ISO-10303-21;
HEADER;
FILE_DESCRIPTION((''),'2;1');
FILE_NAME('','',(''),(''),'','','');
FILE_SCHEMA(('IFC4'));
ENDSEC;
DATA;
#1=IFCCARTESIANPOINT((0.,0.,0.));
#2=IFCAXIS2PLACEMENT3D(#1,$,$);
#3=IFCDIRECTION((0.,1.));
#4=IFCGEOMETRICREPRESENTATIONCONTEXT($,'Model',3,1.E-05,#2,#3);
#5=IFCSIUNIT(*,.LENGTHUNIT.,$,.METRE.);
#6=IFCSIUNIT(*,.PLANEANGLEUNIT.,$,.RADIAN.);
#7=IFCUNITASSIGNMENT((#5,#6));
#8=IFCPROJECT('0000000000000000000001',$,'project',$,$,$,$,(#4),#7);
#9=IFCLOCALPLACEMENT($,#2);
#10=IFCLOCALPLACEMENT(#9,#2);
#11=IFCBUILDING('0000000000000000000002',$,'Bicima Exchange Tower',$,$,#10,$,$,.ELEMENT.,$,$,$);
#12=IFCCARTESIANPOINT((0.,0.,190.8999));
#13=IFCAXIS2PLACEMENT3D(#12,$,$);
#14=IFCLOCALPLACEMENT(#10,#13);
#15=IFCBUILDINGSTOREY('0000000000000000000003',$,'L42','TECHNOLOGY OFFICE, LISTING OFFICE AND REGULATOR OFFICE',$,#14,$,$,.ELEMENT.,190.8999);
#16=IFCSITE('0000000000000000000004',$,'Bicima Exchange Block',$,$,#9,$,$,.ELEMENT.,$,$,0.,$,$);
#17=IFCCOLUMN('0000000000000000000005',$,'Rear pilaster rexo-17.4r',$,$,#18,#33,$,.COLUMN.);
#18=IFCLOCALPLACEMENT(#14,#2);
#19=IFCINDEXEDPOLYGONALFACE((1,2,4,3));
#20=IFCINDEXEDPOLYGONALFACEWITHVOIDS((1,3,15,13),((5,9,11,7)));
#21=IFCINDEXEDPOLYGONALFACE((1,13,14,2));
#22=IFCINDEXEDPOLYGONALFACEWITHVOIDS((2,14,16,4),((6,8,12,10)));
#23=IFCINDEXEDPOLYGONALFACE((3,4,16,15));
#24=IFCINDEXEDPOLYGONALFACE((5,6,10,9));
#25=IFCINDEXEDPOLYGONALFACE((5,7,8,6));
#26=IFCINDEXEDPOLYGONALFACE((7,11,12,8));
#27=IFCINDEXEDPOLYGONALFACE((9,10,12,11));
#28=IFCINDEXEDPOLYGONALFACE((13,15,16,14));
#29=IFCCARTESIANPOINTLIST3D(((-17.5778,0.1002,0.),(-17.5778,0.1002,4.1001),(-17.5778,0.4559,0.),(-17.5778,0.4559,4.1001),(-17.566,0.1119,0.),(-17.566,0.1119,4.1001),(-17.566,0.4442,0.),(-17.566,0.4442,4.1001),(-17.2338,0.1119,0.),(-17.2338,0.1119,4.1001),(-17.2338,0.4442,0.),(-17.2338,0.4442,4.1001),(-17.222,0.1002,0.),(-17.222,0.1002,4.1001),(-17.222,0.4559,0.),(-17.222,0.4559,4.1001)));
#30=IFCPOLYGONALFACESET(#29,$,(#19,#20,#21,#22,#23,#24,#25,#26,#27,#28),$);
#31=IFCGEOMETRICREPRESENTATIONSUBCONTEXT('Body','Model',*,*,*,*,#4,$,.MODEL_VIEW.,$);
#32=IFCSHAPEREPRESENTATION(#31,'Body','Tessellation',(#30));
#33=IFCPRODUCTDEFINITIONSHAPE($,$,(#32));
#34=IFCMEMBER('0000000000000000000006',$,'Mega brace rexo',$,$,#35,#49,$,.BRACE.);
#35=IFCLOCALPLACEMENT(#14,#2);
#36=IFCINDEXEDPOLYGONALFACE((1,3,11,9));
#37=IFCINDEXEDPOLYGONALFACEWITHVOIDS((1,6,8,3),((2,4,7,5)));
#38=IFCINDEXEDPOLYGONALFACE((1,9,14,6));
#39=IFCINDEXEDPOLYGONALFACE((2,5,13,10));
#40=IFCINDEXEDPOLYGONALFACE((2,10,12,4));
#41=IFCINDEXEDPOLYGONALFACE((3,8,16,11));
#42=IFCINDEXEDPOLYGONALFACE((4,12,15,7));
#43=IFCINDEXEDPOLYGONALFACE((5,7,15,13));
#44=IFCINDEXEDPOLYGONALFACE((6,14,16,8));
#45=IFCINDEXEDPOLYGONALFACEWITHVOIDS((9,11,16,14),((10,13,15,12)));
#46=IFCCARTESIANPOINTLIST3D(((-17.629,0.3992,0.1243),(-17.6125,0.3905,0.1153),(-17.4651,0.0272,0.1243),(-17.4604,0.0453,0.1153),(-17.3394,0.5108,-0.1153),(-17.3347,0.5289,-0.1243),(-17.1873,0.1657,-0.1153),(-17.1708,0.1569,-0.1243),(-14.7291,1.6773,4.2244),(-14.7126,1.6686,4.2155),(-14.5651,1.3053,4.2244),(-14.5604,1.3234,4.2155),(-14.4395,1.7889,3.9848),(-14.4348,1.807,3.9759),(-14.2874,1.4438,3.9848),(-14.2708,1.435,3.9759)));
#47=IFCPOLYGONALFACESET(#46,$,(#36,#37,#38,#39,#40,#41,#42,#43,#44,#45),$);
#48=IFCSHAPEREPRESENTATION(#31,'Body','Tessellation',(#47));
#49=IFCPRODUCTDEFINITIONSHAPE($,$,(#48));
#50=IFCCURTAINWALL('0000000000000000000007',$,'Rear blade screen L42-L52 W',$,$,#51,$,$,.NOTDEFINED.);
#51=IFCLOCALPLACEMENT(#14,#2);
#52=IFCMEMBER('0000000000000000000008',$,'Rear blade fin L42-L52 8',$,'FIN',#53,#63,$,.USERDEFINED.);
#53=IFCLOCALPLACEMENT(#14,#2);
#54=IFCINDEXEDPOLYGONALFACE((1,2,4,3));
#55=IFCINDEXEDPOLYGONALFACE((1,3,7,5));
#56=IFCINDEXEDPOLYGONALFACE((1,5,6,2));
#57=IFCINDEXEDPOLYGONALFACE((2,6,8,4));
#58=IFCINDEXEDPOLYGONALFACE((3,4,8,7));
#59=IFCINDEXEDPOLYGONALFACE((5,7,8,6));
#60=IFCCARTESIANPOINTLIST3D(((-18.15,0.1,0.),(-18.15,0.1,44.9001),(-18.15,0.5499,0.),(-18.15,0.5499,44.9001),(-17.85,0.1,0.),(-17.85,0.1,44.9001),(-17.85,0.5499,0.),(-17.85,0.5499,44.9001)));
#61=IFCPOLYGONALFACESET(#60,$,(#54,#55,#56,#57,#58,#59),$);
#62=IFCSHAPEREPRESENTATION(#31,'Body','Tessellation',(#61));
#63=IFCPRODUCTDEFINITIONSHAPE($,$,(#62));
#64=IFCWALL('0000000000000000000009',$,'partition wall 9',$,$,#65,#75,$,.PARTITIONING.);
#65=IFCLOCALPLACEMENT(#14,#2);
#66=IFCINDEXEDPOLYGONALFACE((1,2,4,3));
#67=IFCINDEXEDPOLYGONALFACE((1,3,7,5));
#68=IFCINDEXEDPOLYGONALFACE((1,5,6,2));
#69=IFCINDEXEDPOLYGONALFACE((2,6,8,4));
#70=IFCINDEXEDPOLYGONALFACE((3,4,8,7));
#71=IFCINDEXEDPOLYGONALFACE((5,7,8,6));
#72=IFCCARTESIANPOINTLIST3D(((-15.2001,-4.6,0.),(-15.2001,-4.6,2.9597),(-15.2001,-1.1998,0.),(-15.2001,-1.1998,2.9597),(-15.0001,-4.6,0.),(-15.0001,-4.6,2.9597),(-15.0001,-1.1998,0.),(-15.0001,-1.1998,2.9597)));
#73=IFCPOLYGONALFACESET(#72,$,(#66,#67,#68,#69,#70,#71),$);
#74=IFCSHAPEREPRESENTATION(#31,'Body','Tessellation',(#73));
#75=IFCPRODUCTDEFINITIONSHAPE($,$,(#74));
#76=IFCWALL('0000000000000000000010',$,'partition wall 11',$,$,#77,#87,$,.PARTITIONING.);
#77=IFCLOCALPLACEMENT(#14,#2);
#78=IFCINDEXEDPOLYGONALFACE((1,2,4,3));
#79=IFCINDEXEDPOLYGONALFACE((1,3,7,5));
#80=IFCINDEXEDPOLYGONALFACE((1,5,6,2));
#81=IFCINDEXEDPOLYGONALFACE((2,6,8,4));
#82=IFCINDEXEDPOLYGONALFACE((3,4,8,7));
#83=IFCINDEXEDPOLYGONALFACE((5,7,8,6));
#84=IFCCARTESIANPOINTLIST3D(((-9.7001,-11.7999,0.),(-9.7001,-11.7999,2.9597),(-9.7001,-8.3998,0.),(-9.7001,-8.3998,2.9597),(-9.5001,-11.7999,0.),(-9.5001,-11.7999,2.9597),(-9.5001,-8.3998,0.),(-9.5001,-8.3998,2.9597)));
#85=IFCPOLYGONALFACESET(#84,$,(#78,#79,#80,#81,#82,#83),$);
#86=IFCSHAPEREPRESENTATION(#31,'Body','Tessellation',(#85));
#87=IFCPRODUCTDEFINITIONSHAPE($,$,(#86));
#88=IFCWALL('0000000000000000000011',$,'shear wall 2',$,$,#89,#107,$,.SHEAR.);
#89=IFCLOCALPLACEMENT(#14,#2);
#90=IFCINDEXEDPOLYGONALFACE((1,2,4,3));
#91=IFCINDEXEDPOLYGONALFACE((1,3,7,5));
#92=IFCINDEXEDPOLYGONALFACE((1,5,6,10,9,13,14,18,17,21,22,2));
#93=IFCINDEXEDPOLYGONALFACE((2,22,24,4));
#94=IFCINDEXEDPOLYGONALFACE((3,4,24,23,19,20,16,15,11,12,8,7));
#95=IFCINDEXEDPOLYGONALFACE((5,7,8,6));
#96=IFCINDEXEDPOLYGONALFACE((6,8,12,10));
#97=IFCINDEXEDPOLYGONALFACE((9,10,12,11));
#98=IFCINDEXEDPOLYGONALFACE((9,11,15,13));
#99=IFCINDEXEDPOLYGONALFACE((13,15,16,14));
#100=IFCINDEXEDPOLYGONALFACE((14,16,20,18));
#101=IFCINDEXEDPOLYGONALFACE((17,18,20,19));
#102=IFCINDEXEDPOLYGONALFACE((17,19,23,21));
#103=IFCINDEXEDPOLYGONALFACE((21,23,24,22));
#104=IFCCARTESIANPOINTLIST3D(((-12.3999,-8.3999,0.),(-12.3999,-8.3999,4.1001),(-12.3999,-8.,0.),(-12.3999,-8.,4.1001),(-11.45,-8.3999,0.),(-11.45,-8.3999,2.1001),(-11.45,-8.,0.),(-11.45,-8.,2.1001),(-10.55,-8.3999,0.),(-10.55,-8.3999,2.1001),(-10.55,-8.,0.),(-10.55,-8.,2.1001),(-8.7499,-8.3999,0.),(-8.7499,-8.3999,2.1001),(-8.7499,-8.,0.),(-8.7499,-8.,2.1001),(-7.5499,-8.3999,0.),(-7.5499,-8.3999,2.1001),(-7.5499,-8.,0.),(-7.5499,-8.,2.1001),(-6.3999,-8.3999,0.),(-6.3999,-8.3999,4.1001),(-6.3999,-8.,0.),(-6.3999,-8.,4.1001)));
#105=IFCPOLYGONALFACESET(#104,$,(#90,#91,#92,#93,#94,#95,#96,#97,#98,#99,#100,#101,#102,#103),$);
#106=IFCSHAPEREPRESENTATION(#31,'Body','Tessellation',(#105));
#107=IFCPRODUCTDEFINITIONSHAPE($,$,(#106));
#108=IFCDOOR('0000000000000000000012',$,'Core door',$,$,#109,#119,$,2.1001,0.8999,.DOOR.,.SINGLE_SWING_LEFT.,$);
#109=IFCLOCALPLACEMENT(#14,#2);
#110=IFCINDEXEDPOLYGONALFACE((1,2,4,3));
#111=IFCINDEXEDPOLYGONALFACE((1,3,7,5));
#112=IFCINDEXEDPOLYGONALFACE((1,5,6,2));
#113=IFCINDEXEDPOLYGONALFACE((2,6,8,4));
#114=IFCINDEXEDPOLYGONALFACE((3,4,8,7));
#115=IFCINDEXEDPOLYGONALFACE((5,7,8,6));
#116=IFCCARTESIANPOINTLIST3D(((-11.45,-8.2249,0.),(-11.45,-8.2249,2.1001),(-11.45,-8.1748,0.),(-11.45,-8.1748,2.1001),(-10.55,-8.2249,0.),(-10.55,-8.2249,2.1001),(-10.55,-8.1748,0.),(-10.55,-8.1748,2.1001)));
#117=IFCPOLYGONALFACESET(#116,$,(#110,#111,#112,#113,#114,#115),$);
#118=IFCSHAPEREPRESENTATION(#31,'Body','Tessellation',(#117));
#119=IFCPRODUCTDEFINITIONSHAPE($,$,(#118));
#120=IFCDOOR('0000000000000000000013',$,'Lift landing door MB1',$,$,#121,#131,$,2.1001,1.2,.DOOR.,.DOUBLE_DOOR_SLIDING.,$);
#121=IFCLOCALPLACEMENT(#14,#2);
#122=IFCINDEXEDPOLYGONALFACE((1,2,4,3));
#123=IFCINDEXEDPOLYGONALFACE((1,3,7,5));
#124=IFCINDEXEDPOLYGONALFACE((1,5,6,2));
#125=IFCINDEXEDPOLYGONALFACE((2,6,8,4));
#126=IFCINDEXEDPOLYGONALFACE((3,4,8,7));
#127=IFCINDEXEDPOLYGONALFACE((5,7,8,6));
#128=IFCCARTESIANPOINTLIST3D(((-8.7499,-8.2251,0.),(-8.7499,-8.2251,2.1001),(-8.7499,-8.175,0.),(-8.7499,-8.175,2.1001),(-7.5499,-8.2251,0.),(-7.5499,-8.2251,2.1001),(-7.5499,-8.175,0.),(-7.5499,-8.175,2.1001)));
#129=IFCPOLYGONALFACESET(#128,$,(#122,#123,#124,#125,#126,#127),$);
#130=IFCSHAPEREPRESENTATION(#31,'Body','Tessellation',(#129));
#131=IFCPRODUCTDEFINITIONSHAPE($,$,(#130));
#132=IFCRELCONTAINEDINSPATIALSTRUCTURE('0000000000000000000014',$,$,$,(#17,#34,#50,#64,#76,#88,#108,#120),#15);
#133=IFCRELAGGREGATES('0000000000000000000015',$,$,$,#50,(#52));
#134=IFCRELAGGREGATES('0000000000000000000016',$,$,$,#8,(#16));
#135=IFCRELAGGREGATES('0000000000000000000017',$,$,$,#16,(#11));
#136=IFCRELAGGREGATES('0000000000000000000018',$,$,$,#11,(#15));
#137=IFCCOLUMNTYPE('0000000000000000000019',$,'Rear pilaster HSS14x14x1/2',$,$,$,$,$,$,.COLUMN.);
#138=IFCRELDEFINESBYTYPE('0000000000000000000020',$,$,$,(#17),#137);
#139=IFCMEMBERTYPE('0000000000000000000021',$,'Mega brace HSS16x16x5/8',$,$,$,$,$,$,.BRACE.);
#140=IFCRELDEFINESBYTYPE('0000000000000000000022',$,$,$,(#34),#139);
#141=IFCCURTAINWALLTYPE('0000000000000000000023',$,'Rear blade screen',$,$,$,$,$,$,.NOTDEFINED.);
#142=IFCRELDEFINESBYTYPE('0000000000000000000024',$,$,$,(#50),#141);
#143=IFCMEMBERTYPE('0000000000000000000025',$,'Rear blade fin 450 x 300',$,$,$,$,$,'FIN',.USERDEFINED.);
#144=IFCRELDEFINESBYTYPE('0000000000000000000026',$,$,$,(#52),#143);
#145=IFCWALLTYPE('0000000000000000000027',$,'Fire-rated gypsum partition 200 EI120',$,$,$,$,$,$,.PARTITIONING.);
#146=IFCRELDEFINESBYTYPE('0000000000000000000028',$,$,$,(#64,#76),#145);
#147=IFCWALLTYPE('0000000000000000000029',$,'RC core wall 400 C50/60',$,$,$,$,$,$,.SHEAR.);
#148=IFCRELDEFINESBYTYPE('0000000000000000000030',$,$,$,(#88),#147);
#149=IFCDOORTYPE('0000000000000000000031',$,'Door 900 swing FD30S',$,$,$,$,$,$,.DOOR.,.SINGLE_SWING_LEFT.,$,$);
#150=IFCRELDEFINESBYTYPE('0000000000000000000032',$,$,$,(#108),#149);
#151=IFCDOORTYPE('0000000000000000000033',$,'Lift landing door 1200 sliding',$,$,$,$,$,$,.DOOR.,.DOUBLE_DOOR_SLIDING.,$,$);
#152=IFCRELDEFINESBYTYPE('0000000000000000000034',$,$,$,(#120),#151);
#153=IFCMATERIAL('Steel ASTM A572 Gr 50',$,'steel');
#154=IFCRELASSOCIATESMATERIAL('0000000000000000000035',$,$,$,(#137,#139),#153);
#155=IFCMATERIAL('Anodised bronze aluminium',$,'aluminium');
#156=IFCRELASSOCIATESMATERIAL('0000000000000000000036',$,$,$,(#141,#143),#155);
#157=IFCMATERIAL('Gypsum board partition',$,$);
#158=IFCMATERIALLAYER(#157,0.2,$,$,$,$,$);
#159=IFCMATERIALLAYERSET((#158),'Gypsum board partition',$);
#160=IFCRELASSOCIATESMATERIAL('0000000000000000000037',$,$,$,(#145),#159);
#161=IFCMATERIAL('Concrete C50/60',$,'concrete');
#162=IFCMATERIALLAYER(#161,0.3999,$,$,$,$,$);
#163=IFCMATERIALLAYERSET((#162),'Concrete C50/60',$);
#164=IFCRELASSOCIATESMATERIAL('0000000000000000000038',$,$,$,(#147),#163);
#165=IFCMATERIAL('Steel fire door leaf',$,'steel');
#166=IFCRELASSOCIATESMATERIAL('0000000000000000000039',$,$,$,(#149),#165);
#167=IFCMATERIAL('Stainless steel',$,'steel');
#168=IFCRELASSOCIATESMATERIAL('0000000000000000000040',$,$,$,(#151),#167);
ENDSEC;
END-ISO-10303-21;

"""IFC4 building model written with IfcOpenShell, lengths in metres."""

from ifc_helpers import new_model, si_unit, direction, frame, frame_2d, origin, origin_2d, place, context, subcontext, project, spatial, rectangle, hollow_rectangle, extrude, material, layer, layer_set, material_profile, profile_set, type_object, element, fill, aggregate, save


model = new_model("IFC4")

# Units and contexts
model_context = context("Model", 3, precision=1e-05, world=origin(), true_north=direction((0.0, 1.0)))
body_context = subcontext(model_context, "Body", "Model", "MODEL_VIEW")
ifc_project = project(units=[si_unit("LENGTHUNIT", "METRE"), si_unit("PLANEANGLEUNIT", "RADIAN")], contexts=[model_context])

# Site, building, storey
site_placement = place(None, origin())
site = spatial("IfcSite", under=ifc_project, at=site_placement, Name="Bicima Exchange Block", CompositionType="ELEMENT", RefElevation=0.0)
building_placement = place(site_placement, origin())
building = spatial("IfcBuilding", under=site, at=building_placement, Name="Bicima Exchange Tower", CompositionType="ELEMENT")
storey_placement = place(building_placement, frame((0.0, 0.0, 190.8999)))
storey = spatial("IfcBuildingStorey", under=building, at=storey_placement, Name="L42", Description="TECHNOLOGY OFFICE, LISTING OFFICE AND REGULATOR OFFICE", CompositionType="ELEMENT", Elevation=190.8999)

# Column
ifc_material_1 = material(Name="Steel ASTM A572 Gr 50", Category="steel")
ifc_material_profile_1 = material_profile(ifc_material_1, hollow_rectangle(XDim=0.3557, YDim=0.3557, WallThickness=0.0117, at=origin_2d()))
ifc_profile_set_1 = profile_set([ifc_material_profile_1], Name="Steel ASTM A572 Gr 50")
column_type = type_object("IfcColumnType", Name="Rear pilaster HSS14x14x1/2", PredefinedType="COLUMN", material=ifc_profile_set_1)
column_placement = place(storey_placement, frame((-17.3999, 0.2781, 0.0), z_axis=(0.0, 0.0, 1.0), x_axis=(1.0, 0.0, 0.0)))
element("IfcColumn", 1, at=column_placement, inside=storey, type_object=column_type, Name="Rear pilaster rexo-17.4r", PredefinedType="COLUMN", context=body_context, shape_type="SweptSolid", body=[
    extrude(hollow_rectangle(XDim=0.3557, YDim=0.3557, WallThickness=0.0117, at=origin_2d()), origin(), (0.0, 0.0, 1.0), 4.1001),
])

# Member
ifc_material_profile_2 = material_profile(ifc_material_1, hollow_rectangle(XDim=0.4065, YDim=0.4065, WallThickness=0.0146, at=origin_2d()))
ifc_profile_set_2 = profile_set([ifc_material_profile_2], Name="Steel ASTM A572 Gr 50")
member_type_1 = type_object("IfcMemberType", Name="Mega brace HSS16x16x5/8", PredefinedType="BRACE", material=ifc_profile_set_2)
member_1_placement = place(storey_placement, frame((-17.3999, 0.2781, 0.0), z_axis=(0.559605, 0.246635, 0.79121), x_axis=(-0.403299, 0.915068, 0.0)))
element("IfcMember", 2, at=member_1_placement, inside=storey, type_object=member_type_1, Name="Mega brace rexo", PredefinedType="BRACE", context=body_context, shape_type="SweptSolid", body=[
    extrude(hollow_rectangle(XDim=0.4065, YDim=0.4065, WallThickness=0.0146, at=origin_2d()), origin(), (0.0, 0.0, 1.0), 5.1821),
])

# Curtain wall, member
ifc_material_2 = material(Name="Anodised bronze aluminium", Category="aluminium")
curtain_wall_type = type_object("IfcCurtainWallType", Name="Rear blade screen", PredefinedType="NOTDEFINED", material=ifc_material_2)
curtain_wall_placement = place(storey_placement, origin())
curtain_wall = element("IfcCurtainWall", 3, at=curtain_wall_placement, inside=storey, type_object=curtain_wall_type, Name="Rear blade screen L42-L52 W", PredefinedType="NOTDEFINED")
ifc_material_profile_3 = material_profile(ifc_material_2, rectangle(XDim=0.45, YDim=0.3, at=origin_2d()))
ifc_profile_set_3 = profile_set([ifc_material_profile_3], Name="Anodised bronze aluminium")
member_type_2 = type_object("IfcMemberType", Name="Rear blade fin 450 x 300", ElementType="FIN", PredefinedType="USERDEFINED", material=ifc_profile_set_3)
member_2_placement = place(storey_placement, frame((-18.0, 0.325, 0.0), z_axis=(0.0, 0.0, 1.0), x_axis=(0.0, 1.0, 0.0)))
member_2 = element("IfcMember", 4, at=member_2_placement, type_object=member_type_2, Name="Rear blade fin L42-L52 8", ObjectType="FIN", PredefinedType="USERDEFINED", context=body_context, shape_type="SweptSolid", body=[
    extrude(rectangle(XDim=0.45, YDim=0.3, at=origin_2d()), origin(), (0.0, 0.0, 1.0), 44.9001),
])
aggregate(curtain_wall, [member_2])

# Walls
ifc_material_3 = material(Name="Gypsum board partition")
ifc_layer_1 = layer(ifc_material_3, 0.2)
ifc_layer_set_1 = layer_set([ifc_layer_1], Name="Gypsum board partition")
wall_type_1 = type_object("IfcWallType", Name="Fire-rated gypsum partition 200 EI120", PredefinedType="PARTITIONING", material=ifc_layer_set_1)
for number, where, z_axis, x_axis, name in (
    (5, (-15.1001, -4.6001, 0.0), (0.0, 0.0, 1.0), (0.0, 1.0, 0.0), "partition wall 9"),
    (6, (-9.6001, -11.8, 0.0), (0.0, 0.0, 1.0), (0.0, 1.0, 0.0), "partition wall 11"),
):
    element("IfcWall", number, at=place(storey_placement, frame(where, z_axis=z_axis, x_axis=x_axis)), inside=storey, type_object=wall_type_1, Name=name, PredefinedType="PARTITIONING", context=body_context, shape_type="SweptSolid", body=[
        extrude(rectangle(XDim=3.4001, YDim=0.2, at=frame_2d((1.7002, 0.0))), origin(), (0.0, 0.0, 1.0), 2.9597),
    ])

# Wall, openings, doors
ifc_material_4 = material(Name="Concrete C50/60", Category="concrete")
ifc_layer_2 = layer(ifc_material_4, 0.3999)
ifc_layer_set_2 = layer_set([ifc_layer_2], Name="Concrete C50/60")
wall_type_2 = type_object("IfcWallType", Name="RC core wall 400 C50/60", PredefinedType="SHEAR", material=ifc_layer_set_2)
wall_1_placement = place(storey_placement, frame((-12.3999, -8.2, 0.0), z_axis=(0.0, 0.0, 1.0), x_axis=(1.0, 0.0, 0.0)))
wall_1 = element("IfcWall", 7, at=wall_1_placement, inside=storey, type_object=wall_type_2, Name="shear wall 2", PredefinedType="SHEAR", context=body_context, shape_type="SweptSolid", body=[
    extrude(rectangle(XDim=6.0, YDim=0.3999, at=frame_2d((3.0, 0.0))), origin(), (0.0, 0.0, 1.0), 4.1001),
])
opening_1_placement = place(wall_1_placement, frame((3.6499, 0.0, 0.0)))
opening_1 = element("IfcOpeningElement", 8, at=opening_1_placement, cuts=wall_1, PredefinedType="OPENING", context=body_context, shape_type="SweptSolid", body=[
    extrude(rectangle(XDim=1.2, YDim=2.1001, at=frame_2d((0.6001, 1.05))), frame((0.0, 0.2119, 0.0), z_axis=(0.0, -1.0, 0.0), x_axis=(1.0, 0.0, 0.0)), (0.0, 0.0, 1.0), 0.4238),
])
opening_2_placement = place(wall_1_placement, frame((0.95, 0.0, 0.0)))
opening_2 = element("IfcOpeningElement", 9, at=opening_2_placement, cuts=wall_1, PredefinedType="OPENING", context=body_context, shape_type="SweptSolid", body=[
    extrude(rectangle(XDim=0.8999, YDim=2.1001, at=frame_2d((0.45, 1.05))), frame((0.0, 0.2119, 0.0), z_axis=(0.0, -1.0, 0.0), x_axis=(1.0, 0.0, 0.0)), (0.0, 0.0, 1.0), 0.4238),
])
ifc_material_5 = material(Name="Steel fire door leaf", Category="steel")
door_type_1 = type_object("IfcDoorType", Name="Door 900 swing FD30S", OperationType="SINGLE_SWING_LEFT", PredefinedType="DOOR", material=ifc_material_5)
door_1_placement = place(opening_2_placement, frame((0.8999, 0.0, 0.0), z_axis=(0.0, 0.0, 1.0), x_axis=(-1.0, 0.0, 0.0)))
door_1 = element("IfcDoor", 10, at=door_1_placement, inside=storey, type_object=door_type_1, Name="Core door", OperationType="SINGLE_SWING_LEFT", OverallHeight=2.1001, OverallWidth=0.8999, PredefinedType="DOOR", context=body_context, shape_type="SweptSolid", body=[
    extrude(rectangle(XDim=0.8999, YDim=2.1001, at=frame_2d((0.45, 1.05))), frame((0.0, 0.0249, 0.0), z_axis=(0.0, -1.0, 0.0), x_axis=(1.0, 0.0, 0.0)), (0.0, 0.0, 1.0), 0.05),
])
fill(opening_2, door_1)
ifc_material_6 = material(Name="Stainless steel", Category="steel")
door_type_2 = type_object("IfcDoorType", Name="Lift landing door 1200 sliding", OperationType="DOUBLE_DOOR_SLIDING", PredefinedType="DOOR", material=ifc_material_6)
door_2_placement = place(opening_1_placement, origin())
door_2 = element("IfcDoor", 11, at=door_2_placement, inside=storey, type_object=door_type_2, Name="Lift landing door MB1", OperationType="DOUBLE_DOOR_SLIDING", OverallHeight=2.1001, OverallWidth=1.2, PredefinedType="DOOR", context=body_context, shape_type="SweptSolid", body=[
    extrude(rectangle(XDim=1.2, YDim=2.1001, at=frame_2d((0.6001, 1.05))), frame((0.0, 0.0249, 0.0), z_axis=(0.0, -1.0, 0.0), x_axis=(1.0, 0.0, 0.0)), (0.0, 0.0, 1.0), 0.05),
])
fill(opening_1, door_2)

save(model, "model.ifc")
